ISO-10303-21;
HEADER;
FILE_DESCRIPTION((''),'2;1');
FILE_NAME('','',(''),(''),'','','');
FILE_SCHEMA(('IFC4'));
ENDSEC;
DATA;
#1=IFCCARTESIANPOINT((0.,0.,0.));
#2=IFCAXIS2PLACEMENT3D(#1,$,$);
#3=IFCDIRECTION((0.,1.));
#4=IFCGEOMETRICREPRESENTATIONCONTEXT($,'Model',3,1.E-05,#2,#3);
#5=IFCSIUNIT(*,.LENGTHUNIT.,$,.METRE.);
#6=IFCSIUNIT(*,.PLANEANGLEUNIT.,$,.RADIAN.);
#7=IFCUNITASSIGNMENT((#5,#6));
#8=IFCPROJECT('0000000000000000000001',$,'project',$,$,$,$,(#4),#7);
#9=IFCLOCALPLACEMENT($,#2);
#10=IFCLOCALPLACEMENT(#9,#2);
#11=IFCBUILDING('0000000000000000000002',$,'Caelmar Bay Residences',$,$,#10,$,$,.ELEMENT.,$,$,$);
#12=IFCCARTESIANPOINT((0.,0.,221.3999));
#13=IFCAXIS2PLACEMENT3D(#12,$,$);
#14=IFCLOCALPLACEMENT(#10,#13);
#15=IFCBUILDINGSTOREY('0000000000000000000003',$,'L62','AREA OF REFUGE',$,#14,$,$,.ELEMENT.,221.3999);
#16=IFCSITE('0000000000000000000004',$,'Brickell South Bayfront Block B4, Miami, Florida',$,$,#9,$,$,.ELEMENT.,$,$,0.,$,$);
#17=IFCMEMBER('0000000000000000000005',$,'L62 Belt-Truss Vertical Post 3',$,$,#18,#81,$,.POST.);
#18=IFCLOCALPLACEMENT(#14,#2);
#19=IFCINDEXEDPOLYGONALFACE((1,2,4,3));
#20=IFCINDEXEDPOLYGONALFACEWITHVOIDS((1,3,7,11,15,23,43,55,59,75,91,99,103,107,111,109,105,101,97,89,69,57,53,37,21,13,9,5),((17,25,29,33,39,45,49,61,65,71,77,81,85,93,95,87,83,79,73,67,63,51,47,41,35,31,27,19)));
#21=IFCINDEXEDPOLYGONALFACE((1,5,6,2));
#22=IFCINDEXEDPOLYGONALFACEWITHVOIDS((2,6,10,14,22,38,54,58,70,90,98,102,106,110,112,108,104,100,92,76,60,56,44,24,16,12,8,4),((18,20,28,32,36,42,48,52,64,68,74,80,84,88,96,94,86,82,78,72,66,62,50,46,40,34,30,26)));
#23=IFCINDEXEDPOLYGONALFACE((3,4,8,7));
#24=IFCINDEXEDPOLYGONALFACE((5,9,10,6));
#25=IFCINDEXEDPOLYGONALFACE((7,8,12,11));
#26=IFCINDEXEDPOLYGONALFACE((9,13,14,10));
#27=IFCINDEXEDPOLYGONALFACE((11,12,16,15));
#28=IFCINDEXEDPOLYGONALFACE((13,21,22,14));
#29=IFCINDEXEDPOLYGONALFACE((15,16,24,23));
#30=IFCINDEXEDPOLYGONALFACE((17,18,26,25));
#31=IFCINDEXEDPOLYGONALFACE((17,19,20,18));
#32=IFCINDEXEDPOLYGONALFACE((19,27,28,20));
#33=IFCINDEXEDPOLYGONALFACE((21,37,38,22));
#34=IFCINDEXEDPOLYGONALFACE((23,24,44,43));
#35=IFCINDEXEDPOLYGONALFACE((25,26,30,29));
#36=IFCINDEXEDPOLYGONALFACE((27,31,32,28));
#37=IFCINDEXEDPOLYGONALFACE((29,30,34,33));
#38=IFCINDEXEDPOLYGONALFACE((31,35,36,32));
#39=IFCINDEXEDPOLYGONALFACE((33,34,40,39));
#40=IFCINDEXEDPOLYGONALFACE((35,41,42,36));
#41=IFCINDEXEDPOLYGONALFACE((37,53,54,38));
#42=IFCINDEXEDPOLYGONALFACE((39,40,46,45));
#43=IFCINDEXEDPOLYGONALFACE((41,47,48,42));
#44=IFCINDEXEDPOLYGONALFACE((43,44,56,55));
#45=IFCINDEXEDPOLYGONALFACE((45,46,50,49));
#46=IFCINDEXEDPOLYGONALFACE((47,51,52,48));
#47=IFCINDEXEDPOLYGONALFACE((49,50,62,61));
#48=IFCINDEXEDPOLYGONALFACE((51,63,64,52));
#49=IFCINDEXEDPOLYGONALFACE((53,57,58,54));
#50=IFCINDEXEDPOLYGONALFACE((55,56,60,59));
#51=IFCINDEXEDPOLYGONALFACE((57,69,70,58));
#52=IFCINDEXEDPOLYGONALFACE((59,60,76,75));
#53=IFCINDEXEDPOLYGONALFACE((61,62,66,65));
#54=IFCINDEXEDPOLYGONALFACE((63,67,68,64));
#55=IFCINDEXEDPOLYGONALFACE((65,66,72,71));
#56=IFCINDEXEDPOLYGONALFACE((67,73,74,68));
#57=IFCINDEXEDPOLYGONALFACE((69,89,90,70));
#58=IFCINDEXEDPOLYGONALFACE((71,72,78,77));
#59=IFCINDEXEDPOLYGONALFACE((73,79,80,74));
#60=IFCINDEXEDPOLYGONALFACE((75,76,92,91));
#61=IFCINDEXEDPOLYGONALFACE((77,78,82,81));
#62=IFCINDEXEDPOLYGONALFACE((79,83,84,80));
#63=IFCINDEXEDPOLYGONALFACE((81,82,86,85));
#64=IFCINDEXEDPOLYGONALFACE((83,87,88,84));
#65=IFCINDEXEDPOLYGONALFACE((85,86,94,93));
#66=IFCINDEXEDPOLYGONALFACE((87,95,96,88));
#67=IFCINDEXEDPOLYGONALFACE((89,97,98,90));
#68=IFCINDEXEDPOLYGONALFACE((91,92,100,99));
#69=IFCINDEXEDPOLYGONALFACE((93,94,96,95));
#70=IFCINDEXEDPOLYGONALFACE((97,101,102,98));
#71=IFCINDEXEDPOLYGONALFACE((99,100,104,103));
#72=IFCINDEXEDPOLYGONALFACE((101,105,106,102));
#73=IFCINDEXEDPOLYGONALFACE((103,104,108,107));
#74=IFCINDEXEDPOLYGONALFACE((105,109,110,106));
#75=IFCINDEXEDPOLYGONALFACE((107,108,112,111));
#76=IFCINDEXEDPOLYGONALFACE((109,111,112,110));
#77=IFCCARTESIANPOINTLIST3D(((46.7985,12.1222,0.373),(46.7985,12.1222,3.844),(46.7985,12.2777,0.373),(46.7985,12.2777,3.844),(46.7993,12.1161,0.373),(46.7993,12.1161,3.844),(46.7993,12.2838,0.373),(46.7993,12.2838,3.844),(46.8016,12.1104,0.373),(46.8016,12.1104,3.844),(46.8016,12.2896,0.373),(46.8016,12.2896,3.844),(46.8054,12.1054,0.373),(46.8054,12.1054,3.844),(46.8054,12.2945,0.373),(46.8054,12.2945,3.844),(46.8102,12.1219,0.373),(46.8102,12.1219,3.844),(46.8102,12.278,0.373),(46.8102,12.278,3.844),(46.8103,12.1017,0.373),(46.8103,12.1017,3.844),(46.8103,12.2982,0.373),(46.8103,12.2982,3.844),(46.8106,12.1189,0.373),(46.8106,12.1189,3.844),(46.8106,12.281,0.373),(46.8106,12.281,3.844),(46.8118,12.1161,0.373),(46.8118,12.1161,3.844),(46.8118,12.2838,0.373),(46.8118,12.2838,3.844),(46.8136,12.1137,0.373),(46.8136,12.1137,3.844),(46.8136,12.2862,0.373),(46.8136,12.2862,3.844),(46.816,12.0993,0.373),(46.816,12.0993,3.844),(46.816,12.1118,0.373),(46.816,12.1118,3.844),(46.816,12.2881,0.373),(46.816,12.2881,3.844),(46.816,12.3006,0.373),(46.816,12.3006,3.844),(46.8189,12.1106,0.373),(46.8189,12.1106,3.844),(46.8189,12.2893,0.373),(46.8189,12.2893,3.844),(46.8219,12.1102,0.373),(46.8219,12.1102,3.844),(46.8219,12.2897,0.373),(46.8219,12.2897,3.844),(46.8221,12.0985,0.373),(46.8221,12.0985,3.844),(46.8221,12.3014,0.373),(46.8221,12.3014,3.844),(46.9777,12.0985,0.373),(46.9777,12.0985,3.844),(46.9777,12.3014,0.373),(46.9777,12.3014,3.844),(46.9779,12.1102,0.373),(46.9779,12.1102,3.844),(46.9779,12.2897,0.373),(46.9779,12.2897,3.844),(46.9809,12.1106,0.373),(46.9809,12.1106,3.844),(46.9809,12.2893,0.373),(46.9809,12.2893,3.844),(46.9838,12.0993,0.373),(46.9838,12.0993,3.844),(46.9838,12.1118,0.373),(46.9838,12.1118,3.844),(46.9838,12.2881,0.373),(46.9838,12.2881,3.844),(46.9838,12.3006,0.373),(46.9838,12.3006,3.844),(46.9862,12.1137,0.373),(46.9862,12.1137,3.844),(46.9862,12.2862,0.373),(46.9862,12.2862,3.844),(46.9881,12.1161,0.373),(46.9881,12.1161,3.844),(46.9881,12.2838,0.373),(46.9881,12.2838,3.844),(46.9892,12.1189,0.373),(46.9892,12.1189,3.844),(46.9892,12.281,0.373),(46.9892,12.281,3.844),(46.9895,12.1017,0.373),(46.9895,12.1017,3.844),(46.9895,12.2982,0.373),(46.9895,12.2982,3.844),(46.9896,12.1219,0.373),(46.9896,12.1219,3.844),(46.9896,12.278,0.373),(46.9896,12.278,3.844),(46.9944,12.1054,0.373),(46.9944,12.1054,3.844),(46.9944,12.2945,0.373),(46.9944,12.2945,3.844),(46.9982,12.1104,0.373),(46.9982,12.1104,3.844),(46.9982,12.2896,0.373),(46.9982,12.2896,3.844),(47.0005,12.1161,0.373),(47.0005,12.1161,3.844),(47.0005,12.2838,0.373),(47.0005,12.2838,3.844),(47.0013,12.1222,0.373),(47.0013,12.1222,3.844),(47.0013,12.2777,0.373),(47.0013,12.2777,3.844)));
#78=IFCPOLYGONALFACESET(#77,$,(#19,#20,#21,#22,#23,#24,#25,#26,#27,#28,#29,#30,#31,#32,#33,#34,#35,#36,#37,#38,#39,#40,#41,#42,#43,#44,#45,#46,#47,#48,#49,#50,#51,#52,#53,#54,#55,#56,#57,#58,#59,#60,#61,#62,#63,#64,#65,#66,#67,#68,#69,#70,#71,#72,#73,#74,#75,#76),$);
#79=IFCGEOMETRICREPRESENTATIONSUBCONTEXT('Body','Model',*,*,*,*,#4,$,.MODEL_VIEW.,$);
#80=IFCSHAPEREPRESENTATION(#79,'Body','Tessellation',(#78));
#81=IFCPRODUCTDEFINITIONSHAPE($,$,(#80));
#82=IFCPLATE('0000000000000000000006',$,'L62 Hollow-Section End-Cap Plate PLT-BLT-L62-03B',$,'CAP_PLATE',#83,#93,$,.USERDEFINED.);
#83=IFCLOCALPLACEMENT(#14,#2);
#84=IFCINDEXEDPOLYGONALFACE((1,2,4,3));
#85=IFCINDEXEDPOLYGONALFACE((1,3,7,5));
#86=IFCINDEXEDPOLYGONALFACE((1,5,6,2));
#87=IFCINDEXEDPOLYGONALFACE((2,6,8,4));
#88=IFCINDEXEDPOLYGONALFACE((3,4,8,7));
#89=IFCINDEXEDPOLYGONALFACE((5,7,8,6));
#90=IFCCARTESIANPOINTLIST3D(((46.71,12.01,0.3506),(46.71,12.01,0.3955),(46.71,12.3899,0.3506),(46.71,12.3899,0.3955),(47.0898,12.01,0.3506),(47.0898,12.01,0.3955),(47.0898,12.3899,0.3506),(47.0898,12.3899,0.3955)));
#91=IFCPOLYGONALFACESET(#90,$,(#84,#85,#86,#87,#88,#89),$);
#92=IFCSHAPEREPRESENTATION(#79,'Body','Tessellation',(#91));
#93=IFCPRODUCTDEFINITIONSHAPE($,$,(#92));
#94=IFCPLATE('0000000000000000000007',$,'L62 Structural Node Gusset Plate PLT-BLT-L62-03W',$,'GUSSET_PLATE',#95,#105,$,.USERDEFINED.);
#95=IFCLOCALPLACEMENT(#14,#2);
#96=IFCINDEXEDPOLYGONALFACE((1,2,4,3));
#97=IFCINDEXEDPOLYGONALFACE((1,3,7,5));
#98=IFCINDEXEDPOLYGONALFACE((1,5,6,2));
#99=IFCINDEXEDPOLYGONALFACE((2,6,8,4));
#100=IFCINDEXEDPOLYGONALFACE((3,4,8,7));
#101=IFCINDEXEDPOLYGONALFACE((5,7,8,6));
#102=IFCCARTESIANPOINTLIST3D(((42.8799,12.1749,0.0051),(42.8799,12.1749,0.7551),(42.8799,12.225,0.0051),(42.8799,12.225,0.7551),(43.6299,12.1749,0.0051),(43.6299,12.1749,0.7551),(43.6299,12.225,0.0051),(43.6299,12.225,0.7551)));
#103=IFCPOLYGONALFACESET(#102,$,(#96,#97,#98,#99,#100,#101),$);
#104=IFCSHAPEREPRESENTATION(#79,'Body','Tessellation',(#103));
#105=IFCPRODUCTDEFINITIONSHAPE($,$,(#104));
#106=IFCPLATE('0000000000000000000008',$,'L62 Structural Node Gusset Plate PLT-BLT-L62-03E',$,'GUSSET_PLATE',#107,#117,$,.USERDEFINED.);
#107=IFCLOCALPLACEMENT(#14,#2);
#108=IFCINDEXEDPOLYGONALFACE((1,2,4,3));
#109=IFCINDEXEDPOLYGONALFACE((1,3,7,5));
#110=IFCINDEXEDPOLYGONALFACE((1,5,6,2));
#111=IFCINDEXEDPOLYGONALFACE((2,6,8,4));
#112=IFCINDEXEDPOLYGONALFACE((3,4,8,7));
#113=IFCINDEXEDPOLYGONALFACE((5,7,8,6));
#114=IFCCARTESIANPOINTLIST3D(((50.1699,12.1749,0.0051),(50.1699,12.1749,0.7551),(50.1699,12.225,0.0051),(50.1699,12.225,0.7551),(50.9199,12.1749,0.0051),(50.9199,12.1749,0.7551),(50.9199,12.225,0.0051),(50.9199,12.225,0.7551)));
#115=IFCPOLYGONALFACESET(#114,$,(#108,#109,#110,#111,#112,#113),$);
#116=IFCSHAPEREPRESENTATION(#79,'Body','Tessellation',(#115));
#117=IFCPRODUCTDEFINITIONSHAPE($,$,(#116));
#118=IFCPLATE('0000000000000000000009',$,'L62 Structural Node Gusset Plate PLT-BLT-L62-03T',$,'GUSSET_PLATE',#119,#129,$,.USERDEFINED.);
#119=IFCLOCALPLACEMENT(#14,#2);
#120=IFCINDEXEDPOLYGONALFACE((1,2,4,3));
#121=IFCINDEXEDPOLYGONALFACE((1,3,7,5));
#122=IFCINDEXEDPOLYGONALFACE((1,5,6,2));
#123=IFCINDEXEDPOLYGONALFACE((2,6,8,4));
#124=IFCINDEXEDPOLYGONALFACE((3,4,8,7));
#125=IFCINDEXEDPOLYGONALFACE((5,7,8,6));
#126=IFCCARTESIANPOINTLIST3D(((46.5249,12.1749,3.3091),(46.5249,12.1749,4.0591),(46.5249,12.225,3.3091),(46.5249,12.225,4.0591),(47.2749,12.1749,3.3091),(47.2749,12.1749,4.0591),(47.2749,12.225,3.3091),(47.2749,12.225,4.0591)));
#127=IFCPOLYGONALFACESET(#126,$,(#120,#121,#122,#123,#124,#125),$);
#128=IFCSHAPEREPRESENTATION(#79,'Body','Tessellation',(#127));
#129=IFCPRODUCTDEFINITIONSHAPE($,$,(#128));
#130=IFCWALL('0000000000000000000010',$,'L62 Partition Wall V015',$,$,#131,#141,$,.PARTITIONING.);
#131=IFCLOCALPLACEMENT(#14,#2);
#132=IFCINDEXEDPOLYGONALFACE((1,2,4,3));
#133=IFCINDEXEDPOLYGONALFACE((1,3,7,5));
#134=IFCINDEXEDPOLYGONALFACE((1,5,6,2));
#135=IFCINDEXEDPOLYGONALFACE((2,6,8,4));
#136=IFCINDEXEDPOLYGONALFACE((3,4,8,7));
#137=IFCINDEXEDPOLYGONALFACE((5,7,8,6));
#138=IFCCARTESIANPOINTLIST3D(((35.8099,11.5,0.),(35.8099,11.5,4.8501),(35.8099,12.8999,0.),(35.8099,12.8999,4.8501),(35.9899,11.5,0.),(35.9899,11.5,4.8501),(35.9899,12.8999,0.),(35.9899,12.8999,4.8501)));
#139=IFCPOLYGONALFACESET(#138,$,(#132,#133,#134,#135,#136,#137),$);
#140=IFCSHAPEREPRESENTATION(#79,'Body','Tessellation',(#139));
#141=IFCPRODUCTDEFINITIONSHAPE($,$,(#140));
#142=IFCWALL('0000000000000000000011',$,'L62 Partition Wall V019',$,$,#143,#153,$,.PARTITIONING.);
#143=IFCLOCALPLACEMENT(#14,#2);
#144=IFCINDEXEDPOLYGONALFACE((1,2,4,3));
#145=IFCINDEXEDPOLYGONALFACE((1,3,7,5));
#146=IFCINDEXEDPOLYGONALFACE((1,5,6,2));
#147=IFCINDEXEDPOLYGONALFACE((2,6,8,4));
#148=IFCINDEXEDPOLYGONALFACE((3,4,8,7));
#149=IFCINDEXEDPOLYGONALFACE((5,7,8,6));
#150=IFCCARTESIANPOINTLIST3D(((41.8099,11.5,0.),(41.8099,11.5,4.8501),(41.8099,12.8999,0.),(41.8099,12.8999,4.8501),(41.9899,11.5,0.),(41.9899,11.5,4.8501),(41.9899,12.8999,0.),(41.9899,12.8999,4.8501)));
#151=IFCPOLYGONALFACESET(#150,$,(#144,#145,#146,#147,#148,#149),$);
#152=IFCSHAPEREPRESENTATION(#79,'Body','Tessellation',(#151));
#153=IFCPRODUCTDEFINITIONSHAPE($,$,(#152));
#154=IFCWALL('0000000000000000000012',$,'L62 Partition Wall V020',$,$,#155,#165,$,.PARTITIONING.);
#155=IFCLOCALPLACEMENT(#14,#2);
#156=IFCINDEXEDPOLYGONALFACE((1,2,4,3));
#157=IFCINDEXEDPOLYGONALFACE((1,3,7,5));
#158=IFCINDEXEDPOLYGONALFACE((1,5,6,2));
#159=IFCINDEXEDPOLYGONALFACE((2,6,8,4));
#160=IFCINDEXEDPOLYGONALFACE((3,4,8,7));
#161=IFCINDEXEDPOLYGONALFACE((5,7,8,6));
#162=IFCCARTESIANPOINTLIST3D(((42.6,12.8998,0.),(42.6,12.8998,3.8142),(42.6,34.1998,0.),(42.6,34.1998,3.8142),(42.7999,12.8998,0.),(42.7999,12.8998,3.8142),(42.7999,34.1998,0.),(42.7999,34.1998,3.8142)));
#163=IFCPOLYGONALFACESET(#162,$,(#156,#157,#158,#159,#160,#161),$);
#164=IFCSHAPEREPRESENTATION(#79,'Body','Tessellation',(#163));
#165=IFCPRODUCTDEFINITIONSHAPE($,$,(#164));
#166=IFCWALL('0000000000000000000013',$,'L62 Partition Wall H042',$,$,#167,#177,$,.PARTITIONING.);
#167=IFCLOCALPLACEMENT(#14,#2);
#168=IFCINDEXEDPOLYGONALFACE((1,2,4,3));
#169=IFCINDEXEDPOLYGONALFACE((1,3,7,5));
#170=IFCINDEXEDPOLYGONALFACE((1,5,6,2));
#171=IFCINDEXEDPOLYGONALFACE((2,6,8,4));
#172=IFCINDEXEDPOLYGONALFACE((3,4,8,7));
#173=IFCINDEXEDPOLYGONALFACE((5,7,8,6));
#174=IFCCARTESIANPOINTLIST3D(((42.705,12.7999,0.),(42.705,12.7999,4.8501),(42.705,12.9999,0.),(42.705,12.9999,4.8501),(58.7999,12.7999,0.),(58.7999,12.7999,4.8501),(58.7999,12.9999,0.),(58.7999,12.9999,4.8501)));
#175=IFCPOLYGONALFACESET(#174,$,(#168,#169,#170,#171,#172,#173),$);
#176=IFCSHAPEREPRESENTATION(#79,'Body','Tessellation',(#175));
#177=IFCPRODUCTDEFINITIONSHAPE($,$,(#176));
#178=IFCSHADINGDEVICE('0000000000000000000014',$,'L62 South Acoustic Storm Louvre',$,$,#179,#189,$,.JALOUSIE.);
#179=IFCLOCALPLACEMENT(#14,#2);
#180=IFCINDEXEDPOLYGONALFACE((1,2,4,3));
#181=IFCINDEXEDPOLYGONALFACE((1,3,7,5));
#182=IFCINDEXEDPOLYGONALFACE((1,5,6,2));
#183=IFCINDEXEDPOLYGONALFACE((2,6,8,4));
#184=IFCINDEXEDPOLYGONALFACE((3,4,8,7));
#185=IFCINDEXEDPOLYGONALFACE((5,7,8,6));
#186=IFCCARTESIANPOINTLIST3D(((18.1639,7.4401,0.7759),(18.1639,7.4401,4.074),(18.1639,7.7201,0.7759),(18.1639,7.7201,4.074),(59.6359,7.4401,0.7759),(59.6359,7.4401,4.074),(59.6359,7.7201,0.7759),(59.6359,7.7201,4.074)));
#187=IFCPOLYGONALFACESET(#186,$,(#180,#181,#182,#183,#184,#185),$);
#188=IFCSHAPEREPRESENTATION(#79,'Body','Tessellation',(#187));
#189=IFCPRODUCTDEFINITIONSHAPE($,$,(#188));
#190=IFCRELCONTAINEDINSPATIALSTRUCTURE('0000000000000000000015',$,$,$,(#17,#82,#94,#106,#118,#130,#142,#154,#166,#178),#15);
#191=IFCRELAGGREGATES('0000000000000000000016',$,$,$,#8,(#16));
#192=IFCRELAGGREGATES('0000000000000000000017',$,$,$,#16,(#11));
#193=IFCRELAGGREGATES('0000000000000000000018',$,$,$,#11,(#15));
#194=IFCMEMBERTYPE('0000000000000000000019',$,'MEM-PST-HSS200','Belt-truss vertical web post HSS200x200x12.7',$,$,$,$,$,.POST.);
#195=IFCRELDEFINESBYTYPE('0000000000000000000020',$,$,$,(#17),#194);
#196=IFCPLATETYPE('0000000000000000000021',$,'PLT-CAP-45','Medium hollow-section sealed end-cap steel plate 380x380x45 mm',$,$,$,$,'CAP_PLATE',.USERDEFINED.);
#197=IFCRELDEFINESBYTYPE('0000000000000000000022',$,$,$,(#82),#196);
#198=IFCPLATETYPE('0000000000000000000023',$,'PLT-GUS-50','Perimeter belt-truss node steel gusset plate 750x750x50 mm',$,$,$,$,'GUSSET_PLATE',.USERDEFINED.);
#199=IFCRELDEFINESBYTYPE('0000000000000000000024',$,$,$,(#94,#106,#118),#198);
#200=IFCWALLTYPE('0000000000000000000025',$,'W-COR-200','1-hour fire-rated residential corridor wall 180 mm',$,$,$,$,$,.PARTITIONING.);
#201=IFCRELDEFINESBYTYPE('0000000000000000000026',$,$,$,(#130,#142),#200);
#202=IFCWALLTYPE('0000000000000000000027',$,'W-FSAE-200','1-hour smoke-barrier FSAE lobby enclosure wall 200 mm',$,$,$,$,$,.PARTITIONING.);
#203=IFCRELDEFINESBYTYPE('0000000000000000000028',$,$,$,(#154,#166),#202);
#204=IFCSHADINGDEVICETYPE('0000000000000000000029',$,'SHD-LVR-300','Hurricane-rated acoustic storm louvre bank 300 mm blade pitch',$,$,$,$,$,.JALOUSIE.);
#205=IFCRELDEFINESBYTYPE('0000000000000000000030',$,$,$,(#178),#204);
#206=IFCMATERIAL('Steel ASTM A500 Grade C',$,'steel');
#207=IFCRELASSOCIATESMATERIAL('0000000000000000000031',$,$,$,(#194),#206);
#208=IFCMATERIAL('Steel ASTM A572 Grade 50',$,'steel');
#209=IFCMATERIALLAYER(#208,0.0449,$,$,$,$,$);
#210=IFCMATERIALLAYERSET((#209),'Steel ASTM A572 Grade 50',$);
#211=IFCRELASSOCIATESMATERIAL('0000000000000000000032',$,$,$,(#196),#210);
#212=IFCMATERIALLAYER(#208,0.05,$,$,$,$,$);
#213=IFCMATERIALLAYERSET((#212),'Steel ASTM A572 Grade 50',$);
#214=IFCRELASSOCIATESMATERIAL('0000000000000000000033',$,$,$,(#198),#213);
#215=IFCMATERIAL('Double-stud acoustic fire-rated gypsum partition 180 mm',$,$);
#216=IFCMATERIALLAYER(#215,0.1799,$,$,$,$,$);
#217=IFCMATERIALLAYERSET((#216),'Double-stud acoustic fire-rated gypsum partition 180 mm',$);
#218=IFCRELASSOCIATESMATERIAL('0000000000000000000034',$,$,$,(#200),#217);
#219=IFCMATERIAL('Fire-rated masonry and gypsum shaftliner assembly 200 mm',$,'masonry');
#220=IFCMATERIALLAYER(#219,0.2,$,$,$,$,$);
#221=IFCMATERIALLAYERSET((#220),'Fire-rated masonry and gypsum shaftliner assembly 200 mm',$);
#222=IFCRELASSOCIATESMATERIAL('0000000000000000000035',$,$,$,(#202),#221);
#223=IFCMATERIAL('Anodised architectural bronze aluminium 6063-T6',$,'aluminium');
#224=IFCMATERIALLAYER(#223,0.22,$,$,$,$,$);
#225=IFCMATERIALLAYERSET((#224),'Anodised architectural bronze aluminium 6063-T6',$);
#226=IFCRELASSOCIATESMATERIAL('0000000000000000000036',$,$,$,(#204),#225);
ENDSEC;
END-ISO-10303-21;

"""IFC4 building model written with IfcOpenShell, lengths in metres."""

from ifc_helpers import new_model, si_unit, direction, frame, frame_2d, origin, origin_2d, place, context, subcontext, project, spatial, rectangle, hollow_rectangle, extrude, material, layer, layer_set, material_profile, profile_set, type_object, element, save


model = new_model("IFC4")

# Units and contexts
model_context = context("Model", 3, precision=1e-05, world=origin(), true_north=direction((0.0, 1.0)))
body_context = subcontext(model_context, "Body", "Model", "MODEL_VIEW")
ifc_project = project(units=[si_unit("LENGTHUNIT", "METRE"), si_unit("PLANEANGLEUNIT", "RADIAN")], contexts=[model_context])

# Site, building, storey
site_placement = place(None, origin())
site = spatial("IfcSite", under=ifc_project, at=site_placement, Name="Brickell South Bayfront Block B4, Miami, Florida", CompositionType="ELEMENT", RefElevation=0.0)
building_placement = place(site_placement, origin())
building = spatial("IfcBuilding", under=site, at=building_placement, Name="Caelmar Bay Residences", CompositionType="ELEMENT")
storey_placement = place(building_placement, frame((0.0, 0.0, 221.3999)))
storey = spatial("IfcBuildingStorey", under=building, at=storey_placement, Name="L62", Description="AREA OF REFUGE", CompositionType="ELEMENT", Elevation=221.3999)

# Member
ifc_material_1 = material(Name="Steel ASTM A500 Grade C", Category="steel")
ifc_material_profile_1 = material_profile(ifc_material_1, hollow_rectangle(XDim=0.2029, YDim=0.2029, WallThickness=0.0117, InnerFilletRadius=0.0117, OuterFilletRadius=0.0237, at=origin_2d()), Name="HSS200X200X12.7")
ifc_profile_set_1 = profile_set([ifc_material_profile_1], Name="Steel ASTM A500 Grade C")
member_type_1 = type_object("IfcMemberType", Name="MEM-PST-HSS200", Description="Belt-truss vertical web post HSS200x200x12.7", PredefinedType="POST", material=ifc_profile_set_1)
member_1_placement = place(storey_placement, frame((46.8999, 12.2, 0.373), z_axis=(0.0, 0.0, 1.0), x_axis=(1.0, 0.0, 0.0)))
element("IfcMember", 1, at=member_1_placement, inside=storey, type_object=member_type_1, Name="L62 Belt-Truss Vertical Post 3", PredefinedType="POST", context=body_context, shape_type="SweptSolid", body=[
    extrude(hollow_rectangle(XDim=0.2029, YDim=0.2029, WallThickness=0.0117, InnerFilletRadius=0.0117, OuterFilletRadius=0.0237, at=origin_2d()), origin(), (0.0, 0.0, 1.0), 3.4709),
])

# Plates
ifc_material_2 = material(Name="Steel ASTM A572 Grade 50", Category="steel")
ifc_layer_1 = layer(ifc_material_2, 0.0449)
ifc_layer_set_1 = layer_set([ifc_layer_1], Name="Steel ASTM A572 Grade 50")
plate_type_1 = type_object("IfcPlateType", Name="PLT-CAP-45", Description="Medium hollow-section sealed end-cap steel plate 380x380x45 mm", ElementType="CAP_PLATE", PredefinedType="USERDEFINED", material=ifc_layer_set_1)
plate_placement = place(storey_placement, frame((46.8999, 12.2, 0.3506), z_axis=(0.0, 0.0, 1.0), x_axis=(1.0, 0.0, 0.0)))
element("IfcPlate", 2, at=plate_placement, inside=storey, type_object=plate_type_1, Name="L62 Hollow-Section End-Cap Plate PLT-BLT-L62-03B", ObjectType="CAP_PLATE", PredefinedType="USERDEFINED", context=body_context, shape_type="SweptSolid", body=[
    extrude(rectangle(XDim=0.3799, YDim=0.3799, at=origin_2d()), origin(), (0.0, 0.0, 1.0), 0.0449),
])
ifc_layer_2 = layer(ifc_material_2, 0.05)
ifc_layer_set_2 = layer_set([ifc_layer_2], Name="Steel ASTM A572 Grade 50")
plate_type_2 = type_object("IfcPlateType", Name="PLT-GUS-50", Description="Perimeter belt-truss node steel gusset plate 750x750x50 mm", ElementType="GUSSET_PLATE", PredefinedType="USERDEFINED", material=ifc_layer_set_2)
for number, where, z_axis, x_axis, name in (
    (3, (43.2549, 12.2, 0.0051), (0.0, 0.0, 1.0), (1.0, 0.0, 0.0), "L62 Structural Node Gusset Plate PLT-BLT-L62-03W"),
    (4, (50.5449, 12.2, 0.0051), (0.0, 0.0, 1.0), (1.0, 0.0, 0.0), "L62 Structural Node Gusset Plate PLT-BLT-L62-03E"),
    (5, (46.8999, 12.2, 3.3091), (0.0, 0.0, 1.0), (1.0, 0.0, 0.0), "L62 Structural Node Gusset Plate PLT-BLT-L62-03T"),
):
    element("IfcPlate", number, at=place(storey_placement, frame(where, z_axis=z_axis, x_axis=x_axis)), inside=storey, type_object=plate_type_2, Name=name, ObjectType="GUSSET_PLATE", PredefinedType="USERDEFINED", context=body_context, shape_type="SweptSolid", body=[
        extrude(rectangle(XDim=0.75, YDim=0.05, at=origin_2d()), origin(), (0.0, 0.0, 1.0), 0.75),
    ])

# Walls
ifc_material_3 = material(Name="Double-stud acoustic fire-rated gypsum partition 180 mm")
ifc_layer_3 = layer(ifc_material_3, 0.1799)
ifc_layer_set_3 = layer_set([ifc_layer_3], Name="Double-stud acoustic fire-rated gypsum partition 180 mm")
wall_type_1 = type_object("IfcWallType", Name="W-COR-200", Description="1-hour fire-rated residential corridor wall 180 mm", PredefinedType="PARTITIONING", material=ifc_layer_set_3)
for number, where, z_axis, x_axis, name in (
    (6, (35.8999, 11.5, 0.0), (0.0, 0.0, 1.0), (0.0, 1.0, 0.0), "L62 Partition Wall V015"),
    (7, (41.8999, 11.5, 0.0), (0.0, 0.0, 1.0), (0.0, 1.0, 0.0), "L62 Partition Wall V019"),
):
    element("IfcWall", number, at=place(storey_placement, frame(where, z_axis=z_axis, x_axis=x_axis)), inside=storey, type_object=wall_type_1, Name=name, PredefinedType="PARTITIONING", context=body_context, shape_type="SweptSolid", body=[
        extrude(rectangle(XDim=1.3999, YDim=0.1799, at=frame_2d((0.7, 0.0))), origin(), (0.0, 0.0, 1.0), 4.8501),
    ])
ifc_material_4 = material(Name="Fire-rated masonry and gypsum shaftliner assembly 200 mm", Category="masonry")
ifc_layer_4 = layer(ifc_material_4, 0.2)
ifc_layer_set_4 = layer_set([ifc_layer_4], Name="Fire-rated masonry and gypsum shaftliner assembly 200 mm")
wall_type_2 = type_object("IfcWallType", Name="W-FSAE-200", Description="1-hour smoke-barrier FSAE lobby enclosure wall 200 mm", PredefinedType="PARTITIONING", material=ifc_layer_set_4)
wall_1_placement = place(storey_placement, frame((42.7, 12.8999, 0.0), z_axis=(0.0, 0.0, 1.0), x_axis=(0.0, 1.0, 0.0)))
element("IfcWall", 8, at=wall_1_placement, inside=storey, type_object=wall_type_2, Name="L62 Partition Wall V020", PredefinedType="PARTITIONING", context=body_context, shape_type="SweptSolid", body=[
    extrude(rectangle(XDim=21.3, YDim=0.2, at=frame_2d((10.6499, 0.0))), origin(), (0.0, 0.0, 1.0), 3.8142),
])
wall_2_placement = place(storey_placement, frame((42.7051, 12.8999, 0.0), z_axis=(0.0, 0.0, 1.0), x_axis=(1.0, 0.0, 0.0)))
element("IfcWall", 9, at=wall_2_placement, inside=storey, type_object=wall_type_2, Name="L62 Partition Wall H042", PredefinedType="PARTITIONING", context=body_context, shape_type="SweptSolid", body=[
    extrude(rectangle(XDim=16.095, YDim=0.2, at=frame_2d((8.0474, 0.0))), origin(), (0.0, 0.0, 1.0), 4.8501),
])

# Shading device
ifc_material_5 = material(Name="Anodised architectural bronze aluminium 6063-T6", Category="aluminium")
ifc_layer_5 = layer(ifc_material_5, 0.22)
ifc_layer_set_5 = layer_set([ifc_layer_5], Name="Anodised architectural bronze aluminium 6063-T6")
shading_device_type = type_object("IfcShadingDeviceType", Name="SHD-LVR-300", Description="Hurricane-rated acoustic storm louvre bank 300 mm blade pitch", PredefinedType="JALOUSIE", material=ifc_layer_set_5)
shading_device_placement = place(storey_placement, frame((38.8999, 7.5801, 0.7759), z_axis=(0.0, 0.0, 1.0), x_axis=(1.0, 0.0, 0.0)))
element("IfcShadingDevice", 10, at=shading_device_placement, inside=storey, type_object=shading_device_type, Name="L62 South Acoustic Storm Louvre", PredefinedType="JALOUSIE", context=body_context, shape_type="SweptSolid", body=[
    extrude(rectangle(XDim=41.4719, YDim=0.28, at=origin_2d()), origin(), (0.0, 0.0, 1.0), 3.2981),
])

save(model, "model.ifc")
